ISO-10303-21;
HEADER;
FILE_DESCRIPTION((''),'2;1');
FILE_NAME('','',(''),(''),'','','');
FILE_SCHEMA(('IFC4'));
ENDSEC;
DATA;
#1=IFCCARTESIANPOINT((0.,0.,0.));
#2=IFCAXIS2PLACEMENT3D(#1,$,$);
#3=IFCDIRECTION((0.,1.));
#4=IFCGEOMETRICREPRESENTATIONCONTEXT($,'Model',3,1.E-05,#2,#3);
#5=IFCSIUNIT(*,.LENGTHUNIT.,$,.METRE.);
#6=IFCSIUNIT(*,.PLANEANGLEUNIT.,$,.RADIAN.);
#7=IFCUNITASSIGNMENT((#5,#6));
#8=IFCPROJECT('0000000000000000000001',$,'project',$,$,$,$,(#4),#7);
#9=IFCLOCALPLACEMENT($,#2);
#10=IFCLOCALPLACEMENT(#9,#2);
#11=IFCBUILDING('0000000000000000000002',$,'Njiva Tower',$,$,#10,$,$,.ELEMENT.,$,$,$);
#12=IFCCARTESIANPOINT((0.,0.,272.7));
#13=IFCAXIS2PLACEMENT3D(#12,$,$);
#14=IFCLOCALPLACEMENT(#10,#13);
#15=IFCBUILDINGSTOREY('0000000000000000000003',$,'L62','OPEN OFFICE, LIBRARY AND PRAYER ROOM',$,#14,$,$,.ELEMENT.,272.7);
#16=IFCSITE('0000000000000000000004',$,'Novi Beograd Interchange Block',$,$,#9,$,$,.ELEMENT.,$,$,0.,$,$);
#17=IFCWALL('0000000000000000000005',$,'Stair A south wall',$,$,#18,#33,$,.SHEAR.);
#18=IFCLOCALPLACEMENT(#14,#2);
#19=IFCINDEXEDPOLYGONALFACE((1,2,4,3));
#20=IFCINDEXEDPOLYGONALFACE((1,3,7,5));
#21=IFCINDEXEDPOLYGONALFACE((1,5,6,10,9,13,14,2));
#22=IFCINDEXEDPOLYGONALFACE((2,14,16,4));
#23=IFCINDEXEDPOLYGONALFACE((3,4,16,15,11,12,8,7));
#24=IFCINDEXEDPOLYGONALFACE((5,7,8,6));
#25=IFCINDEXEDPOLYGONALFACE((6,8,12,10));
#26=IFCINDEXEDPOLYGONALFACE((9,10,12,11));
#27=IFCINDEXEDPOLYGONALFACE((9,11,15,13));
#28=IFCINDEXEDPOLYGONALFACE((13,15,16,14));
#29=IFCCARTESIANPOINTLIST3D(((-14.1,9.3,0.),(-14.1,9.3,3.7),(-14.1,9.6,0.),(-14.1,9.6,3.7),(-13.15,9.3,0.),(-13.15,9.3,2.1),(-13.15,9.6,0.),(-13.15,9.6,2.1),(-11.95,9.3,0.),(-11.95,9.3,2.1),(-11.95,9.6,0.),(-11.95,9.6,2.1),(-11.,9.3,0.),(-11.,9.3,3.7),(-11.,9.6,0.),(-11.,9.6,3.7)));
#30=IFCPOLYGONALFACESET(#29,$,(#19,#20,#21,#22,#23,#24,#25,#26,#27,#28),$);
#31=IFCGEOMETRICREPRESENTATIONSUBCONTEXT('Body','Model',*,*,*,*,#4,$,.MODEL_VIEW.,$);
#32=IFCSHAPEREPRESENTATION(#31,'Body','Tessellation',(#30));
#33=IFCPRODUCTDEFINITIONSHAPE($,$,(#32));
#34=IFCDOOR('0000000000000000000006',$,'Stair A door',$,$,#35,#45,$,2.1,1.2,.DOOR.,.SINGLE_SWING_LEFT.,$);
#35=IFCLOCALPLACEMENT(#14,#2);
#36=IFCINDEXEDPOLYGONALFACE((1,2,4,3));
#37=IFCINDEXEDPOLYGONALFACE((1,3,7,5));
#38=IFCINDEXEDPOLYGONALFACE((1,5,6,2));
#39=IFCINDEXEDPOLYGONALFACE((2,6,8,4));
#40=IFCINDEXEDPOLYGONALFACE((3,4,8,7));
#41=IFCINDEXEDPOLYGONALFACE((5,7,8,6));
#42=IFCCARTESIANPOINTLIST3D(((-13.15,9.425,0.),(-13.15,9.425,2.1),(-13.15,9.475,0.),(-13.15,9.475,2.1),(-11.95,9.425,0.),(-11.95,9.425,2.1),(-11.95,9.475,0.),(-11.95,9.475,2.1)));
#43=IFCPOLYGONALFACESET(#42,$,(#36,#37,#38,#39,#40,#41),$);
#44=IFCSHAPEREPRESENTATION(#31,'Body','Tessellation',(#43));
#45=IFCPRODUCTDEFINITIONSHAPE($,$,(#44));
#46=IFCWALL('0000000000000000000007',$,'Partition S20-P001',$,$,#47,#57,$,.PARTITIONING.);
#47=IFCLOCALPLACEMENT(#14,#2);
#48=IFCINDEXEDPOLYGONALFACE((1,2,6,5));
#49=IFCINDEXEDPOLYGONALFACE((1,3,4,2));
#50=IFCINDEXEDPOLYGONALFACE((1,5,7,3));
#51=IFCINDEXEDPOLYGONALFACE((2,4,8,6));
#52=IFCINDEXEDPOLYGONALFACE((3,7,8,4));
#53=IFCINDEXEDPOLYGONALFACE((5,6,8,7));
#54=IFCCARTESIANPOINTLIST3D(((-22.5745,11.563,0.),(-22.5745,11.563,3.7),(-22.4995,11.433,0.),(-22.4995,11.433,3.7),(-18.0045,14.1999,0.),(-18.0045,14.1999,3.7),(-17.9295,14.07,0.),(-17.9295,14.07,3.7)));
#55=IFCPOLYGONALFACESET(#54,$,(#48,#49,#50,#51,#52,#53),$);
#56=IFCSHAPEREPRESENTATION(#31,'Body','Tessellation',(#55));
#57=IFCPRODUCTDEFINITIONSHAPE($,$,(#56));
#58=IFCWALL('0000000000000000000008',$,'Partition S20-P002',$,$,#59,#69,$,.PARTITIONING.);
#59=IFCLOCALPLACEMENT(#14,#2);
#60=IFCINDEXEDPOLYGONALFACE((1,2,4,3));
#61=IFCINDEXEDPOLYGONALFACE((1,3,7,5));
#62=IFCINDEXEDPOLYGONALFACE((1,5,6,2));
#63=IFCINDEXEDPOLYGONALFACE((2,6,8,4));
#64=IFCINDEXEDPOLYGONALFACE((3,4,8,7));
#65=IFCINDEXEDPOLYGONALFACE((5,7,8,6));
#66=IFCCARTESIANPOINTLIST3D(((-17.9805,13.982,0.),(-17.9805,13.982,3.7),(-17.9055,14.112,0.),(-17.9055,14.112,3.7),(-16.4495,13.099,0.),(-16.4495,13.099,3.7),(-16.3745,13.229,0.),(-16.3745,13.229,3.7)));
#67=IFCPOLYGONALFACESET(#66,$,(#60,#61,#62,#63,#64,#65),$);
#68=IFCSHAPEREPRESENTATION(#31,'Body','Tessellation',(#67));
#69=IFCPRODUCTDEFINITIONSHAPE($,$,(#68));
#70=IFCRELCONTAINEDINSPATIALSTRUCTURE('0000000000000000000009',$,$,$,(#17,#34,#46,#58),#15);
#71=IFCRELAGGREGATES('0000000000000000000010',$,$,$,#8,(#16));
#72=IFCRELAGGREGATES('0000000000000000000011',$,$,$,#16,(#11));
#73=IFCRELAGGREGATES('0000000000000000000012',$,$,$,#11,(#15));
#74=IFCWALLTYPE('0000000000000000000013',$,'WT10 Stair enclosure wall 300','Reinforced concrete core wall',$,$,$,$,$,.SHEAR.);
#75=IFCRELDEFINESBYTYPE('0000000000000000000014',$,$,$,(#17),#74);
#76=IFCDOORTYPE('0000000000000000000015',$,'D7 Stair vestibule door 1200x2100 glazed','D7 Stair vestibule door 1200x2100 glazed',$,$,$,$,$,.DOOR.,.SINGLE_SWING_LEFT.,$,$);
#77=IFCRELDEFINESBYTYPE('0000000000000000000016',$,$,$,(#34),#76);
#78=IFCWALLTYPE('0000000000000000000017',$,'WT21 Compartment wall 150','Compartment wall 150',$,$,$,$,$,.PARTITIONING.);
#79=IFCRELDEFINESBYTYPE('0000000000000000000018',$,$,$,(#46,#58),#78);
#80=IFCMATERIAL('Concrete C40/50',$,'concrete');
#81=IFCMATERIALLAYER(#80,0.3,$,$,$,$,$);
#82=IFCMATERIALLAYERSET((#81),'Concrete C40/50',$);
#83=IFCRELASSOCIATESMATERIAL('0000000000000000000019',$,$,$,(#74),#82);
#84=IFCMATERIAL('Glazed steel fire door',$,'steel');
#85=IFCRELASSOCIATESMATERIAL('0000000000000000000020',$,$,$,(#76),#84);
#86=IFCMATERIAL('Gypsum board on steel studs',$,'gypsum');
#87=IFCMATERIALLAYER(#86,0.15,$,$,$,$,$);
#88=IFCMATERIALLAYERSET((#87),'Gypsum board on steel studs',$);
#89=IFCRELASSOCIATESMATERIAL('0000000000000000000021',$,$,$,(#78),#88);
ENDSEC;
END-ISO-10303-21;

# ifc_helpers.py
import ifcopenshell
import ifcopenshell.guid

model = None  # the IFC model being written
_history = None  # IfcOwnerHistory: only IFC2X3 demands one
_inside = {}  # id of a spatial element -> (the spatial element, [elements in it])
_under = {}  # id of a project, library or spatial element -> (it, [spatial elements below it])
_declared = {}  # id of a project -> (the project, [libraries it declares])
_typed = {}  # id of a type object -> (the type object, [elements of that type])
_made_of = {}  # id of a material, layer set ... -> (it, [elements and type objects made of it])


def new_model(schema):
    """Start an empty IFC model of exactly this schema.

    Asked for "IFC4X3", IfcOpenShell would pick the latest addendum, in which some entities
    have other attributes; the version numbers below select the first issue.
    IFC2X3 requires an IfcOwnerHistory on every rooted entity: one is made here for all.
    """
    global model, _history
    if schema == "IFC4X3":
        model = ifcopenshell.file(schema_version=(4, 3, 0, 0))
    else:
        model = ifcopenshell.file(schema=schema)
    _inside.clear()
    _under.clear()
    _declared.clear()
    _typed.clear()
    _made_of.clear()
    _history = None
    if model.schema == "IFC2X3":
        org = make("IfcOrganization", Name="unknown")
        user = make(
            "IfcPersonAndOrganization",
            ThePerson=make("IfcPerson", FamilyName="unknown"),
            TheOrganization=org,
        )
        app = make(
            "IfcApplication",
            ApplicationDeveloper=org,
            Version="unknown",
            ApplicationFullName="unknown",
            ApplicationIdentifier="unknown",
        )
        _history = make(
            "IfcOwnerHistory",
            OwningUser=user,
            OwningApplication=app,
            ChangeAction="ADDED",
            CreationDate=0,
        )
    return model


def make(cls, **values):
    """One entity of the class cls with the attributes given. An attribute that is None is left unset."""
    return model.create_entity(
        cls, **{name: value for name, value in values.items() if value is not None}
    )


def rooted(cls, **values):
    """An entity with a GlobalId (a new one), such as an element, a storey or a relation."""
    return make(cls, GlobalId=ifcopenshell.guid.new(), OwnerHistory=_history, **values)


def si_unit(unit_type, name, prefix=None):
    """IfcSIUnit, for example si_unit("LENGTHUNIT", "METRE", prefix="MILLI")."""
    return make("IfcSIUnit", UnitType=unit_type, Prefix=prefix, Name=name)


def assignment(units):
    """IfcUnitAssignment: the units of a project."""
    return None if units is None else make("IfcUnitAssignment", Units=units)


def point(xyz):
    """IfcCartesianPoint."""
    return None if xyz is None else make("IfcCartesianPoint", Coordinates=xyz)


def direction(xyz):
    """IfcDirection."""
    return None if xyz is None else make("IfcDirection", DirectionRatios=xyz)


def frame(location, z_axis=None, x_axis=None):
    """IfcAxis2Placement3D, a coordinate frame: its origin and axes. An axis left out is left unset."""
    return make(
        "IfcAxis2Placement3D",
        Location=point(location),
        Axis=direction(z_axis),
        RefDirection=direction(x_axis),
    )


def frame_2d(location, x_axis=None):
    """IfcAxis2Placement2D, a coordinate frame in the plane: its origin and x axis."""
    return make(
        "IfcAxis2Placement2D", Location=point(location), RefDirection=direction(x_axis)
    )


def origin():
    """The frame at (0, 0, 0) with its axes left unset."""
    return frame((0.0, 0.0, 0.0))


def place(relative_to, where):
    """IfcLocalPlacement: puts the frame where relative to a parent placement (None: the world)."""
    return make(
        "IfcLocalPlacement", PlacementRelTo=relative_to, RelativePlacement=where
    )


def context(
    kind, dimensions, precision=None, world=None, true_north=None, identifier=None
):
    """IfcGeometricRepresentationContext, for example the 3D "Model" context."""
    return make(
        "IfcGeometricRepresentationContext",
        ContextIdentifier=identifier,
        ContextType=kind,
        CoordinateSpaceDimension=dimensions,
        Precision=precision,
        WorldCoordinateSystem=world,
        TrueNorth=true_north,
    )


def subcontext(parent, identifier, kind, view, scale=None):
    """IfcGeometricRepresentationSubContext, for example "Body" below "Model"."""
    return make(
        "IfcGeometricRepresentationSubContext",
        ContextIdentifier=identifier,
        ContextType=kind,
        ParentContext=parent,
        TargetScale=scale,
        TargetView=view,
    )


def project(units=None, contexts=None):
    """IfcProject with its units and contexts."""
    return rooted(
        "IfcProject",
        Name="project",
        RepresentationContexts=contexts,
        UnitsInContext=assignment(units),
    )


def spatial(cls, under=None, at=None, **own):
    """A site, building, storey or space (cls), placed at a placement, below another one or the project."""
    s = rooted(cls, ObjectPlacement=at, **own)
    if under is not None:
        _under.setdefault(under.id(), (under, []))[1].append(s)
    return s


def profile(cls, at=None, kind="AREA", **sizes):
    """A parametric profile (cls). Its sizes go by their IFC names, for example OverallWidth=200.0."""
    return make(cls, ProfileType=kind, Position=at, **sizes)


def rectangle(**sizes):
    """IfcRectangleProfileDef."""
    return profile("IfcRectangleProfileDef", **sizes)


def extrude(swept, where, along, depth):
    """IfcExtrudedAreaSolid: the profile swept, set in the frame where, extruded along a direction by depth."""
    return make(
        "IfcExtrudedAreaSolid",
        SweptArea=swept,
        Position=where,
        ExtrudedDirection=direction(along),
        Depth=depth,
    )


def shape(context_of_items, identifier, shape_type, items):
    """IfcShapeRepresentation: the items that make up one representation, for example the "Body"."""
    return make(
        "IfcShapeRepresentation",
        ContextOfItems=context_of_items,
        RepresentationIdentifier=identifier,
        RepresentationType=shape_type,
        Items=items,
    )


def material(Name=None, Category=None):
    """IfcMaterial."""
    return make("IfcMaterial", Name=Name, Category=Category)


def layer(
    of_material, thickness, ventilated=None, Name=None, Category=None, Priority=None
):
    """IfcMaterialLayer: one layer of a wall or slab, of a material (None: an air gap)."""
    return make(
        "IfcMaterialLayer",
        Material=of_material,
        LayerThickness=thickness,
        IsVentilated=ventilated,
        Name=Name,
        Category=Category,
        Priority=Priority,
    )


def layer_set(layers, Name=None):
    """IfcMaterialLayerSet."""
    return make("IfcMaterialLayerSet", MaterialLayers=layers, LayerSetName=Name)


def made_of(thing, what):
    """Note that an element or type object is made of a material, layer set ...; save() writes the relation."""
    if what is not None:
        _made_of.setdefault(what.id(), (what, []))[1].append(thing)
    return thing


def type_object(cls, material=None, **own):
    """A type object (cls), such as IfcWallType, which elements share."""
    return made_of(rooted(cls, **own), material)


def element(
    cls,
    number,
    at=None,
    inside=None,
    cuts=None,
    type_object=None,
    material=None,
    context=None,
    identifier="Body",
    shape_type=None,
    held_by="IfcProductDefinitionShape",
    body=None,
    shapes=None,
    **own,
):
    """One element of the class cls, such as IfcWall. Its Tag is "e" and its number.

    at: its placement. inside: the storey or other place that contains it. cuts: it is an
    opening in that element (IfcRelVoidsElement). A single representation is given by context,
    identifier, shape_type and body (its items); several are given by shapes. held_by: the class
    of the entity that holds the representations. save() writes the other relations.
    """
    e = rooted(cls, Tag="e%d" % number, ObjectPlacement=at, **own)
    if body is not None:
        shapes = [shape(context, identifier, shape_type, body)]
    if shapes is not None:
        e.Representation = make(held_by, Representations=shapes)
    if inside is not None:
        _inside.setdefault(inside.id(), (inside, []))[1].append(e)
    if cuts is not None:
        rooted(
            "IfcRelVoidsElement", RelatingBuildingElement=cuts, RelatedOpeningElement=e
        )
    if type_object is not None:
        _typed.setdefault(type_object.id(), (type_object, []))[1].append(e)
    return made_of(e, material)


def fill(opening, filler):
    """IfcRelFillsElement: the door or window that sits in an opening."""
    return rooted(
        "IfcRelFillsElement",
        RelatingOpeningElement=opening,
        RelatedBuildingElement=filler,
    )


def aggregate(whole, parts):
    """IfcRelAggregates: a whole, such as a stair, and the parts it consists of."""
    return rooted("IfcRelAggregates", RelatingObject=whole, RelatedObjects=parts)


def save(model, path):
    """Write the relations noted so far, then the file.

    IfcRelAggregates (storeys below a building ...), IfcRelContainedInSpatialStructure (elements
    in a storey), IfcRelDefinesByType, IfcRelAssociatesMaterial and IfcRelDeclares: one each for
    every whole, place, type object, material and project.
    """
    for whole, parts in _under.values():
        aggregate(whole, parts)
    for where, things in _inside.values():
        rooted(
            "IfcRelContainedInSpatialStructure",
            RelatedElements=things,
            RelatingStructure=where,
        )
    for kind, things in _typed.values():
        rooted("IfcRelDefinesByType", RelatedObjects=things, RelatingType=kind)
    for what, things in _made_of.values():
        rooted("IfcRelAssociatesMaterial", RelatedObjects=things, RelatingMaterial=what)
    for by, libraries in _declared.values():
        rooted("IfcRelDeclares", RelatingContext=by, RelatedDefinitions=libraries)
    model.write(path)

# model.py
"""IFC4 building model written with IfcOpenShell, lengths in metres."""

from ifc_helpers import new_model, si_unit, direction, frame, frame_2d, origin, place, context, subcontext, project, spatial, rectangle, extrude, material, layer, layer_set, type_object, element, fill, save


model = new_model("IFC4")

# Units and contexts
model_context = context("Model", 3, precision=1e-05, world=origin(), true_north=direction((0.0, 1.0)))
body_context = subcontext(model_context, "Body", "Model", "MODEL_VIEW")
ifc_project = project(units=[si_unit("LENGTHUNIT", "METRE"), si_unit("PLANEANGLEUNIT", "RADIAN")], contexts=[model_context])

# Site, building, storey
site_placement = place(None, origin())
site = spatial("IfcSite", under=ifc_project, at=site_placement, Name="Novi Beograd Interchange Block", CompositionType="ELEMENT", RefElevation=0.0)
building_placement = place(site_placement, origin())
building = spatial("IfcBuilding", under=site, at=building_placement, Name="Njiva Tower", CompositionType="ELEMENT")
storey_placement = place(building_placement, frame((0.0, 0.0, 272.7)))
storey = spatial("IfcBuildingStorey", under=building, at=storey_placement, Name="L62", Description="OPEN OFFICE, LIBRARY AND PRAYER ROOM", CompositionType="ELEMENT", Elevation=272.7)

# Wall, opening, door
ifc_material_1 = material(Name="Concrete C40/50", Category="concrete")
ifc_layer_1 = layer(ifc_material_1, 0.3)
ifc_layer_set_1 = layer_set([ifc_layer_1], Name="Concrete C40/50")
wall_type_1 = type_object("IfcWallType", Name="WT10 Stair enclosure wall 300", Description="Reinforced concrete core wall", PredefinedType="SHEAR", material=ifc_layer_set_1)
wall_1_placement = place(storey_placement, frame((-14.1, 9.45, 0.0), z_axis=(0.0, 0.0, 1.0), x_axis=(1.0, 0.0, 0.0)))
wall_1 = element("IfcWall", 1, at=wall_1_placement, inside=storey, type_object=wall_type_1, Name="Stair A south wall", PredefinedType="SHEAR", context=body_context, shape_type="SweptSolid", body=[
    extrude(rectangle(XDim=3.1, YDim=0.3, at=frame_2d((1.55, 0.0))), origin(), (0.0, 0.0, 1.0), 3.7),
])
opening_placement = place(wall_1_placement, frame((0.95, 0.0, 0.0)))
opening = element("IfcOpeningElement", 2, at=opening_placement, cuts=wall_1, PredefinedType="OPENING", context=body_context, shape_type="SweptSolid", body=[
    extrude(rectangle(XDim=1.2, YDim=2.1, at=frame_2d((0.6, 1.05))), frame((0.0, 0.16, 0.0), z_axis=(0.0, -1.0, 0.0), x_axis=(1.0, 0.0, 0.0)), (0.0, 0.0, 1.0), 0.32),
])
ifc_material_2 = material(Name="Glazed steel fire door", Category="steel")
door_type = type_object("IfcDoorType", Name="D7 Stair vestibule door 1200x2100 glazed", Description="D7 Stair vestibule door 1200x2100 glazed", OperationType="SINGLE_SWING_LEFT", PredefinedType="DOOR", material=ifc_material_2)
door_placement = place(opening_placement, origin())
door = element("IfcDoor", 3, at=door_placement, inside=storey, type_object=door_type, Name="Stair A door", OperationType="SINGLE_SWING_LEFT", OverallHeight=2.1, OverallWidth=1.2, PredefinedType="DOOR", context=body_context, shape_type="SweptSolid", body=[
    extrude(rectangle(XDim=1.2, YDim=2.1, at=frame_2d((0.6, 1.05))), frame((0.0, 0.025, 0.0), z_axis=(0.0, -1.0, 0.0), x_axis=(1.0, 0.0, 0.0)), (0.0, 0.0, 1.0), 0.05),
])
fill(opening, door)

# Walls
ifc_material_3 = material(Name="Gypsum board on steel studs", Category="gypsum")
ifc_layer_2 = layer(ifc_material_3, 0.15)
ifc_layer_set_2 = layer_set([ifc_layer_2], Name="Gypsum board on steel studs")
wall_type_2 = type_object("IfcWallType", Name="WT21 Compartment wall 150", Description="Compartment wall 150", PredefinedType="PARTITIONING", material=ifc_layer_set_2)
wall_2_placement = place(storey_placement, frame((-22.537, 11.498, 0.0), z_axis=(0.0, 0.0, 1.0), x_axis=(0.866148, 0.499788, 0.0)))
element("IfcWall", 4, at=wall_2_placement, inside=storey, type_object=wall_type_2, Name="Partition S20-P001", PredefinedType="PARTITIONING", context=body_context, shape_type="SweptSolid", body=[
    extrude(rectangle(XDim=5.2762, YDim=0.15, at=frame_2d((2.6381, 0.0))), origin(), (0.0, 0.0, 1.0), 3.7),
])
wall_3_placement = place(storey_placement, frame((-17.943, 14.047, 0.0), z_axis=(0.0, 0.0, 1.0), x_axis=(0.866252, -0.499608, 0.0)))
element("IfcWall", 5, at=wall_3_placement, inside=storey, type_object=wall_type_2, Name="Partition S20-P002", PredefinedType="PARTITIONING", context=body_context, shape_type="SweptSolid", body=[
    extrude(rectangle(XDim=1.7674, YDim=0.15, at=frame_2d((0.8837, 0.0))), origin(), (0.0, 0.0, 1.0), 3.7),
])

save(model, "model.ifc")
